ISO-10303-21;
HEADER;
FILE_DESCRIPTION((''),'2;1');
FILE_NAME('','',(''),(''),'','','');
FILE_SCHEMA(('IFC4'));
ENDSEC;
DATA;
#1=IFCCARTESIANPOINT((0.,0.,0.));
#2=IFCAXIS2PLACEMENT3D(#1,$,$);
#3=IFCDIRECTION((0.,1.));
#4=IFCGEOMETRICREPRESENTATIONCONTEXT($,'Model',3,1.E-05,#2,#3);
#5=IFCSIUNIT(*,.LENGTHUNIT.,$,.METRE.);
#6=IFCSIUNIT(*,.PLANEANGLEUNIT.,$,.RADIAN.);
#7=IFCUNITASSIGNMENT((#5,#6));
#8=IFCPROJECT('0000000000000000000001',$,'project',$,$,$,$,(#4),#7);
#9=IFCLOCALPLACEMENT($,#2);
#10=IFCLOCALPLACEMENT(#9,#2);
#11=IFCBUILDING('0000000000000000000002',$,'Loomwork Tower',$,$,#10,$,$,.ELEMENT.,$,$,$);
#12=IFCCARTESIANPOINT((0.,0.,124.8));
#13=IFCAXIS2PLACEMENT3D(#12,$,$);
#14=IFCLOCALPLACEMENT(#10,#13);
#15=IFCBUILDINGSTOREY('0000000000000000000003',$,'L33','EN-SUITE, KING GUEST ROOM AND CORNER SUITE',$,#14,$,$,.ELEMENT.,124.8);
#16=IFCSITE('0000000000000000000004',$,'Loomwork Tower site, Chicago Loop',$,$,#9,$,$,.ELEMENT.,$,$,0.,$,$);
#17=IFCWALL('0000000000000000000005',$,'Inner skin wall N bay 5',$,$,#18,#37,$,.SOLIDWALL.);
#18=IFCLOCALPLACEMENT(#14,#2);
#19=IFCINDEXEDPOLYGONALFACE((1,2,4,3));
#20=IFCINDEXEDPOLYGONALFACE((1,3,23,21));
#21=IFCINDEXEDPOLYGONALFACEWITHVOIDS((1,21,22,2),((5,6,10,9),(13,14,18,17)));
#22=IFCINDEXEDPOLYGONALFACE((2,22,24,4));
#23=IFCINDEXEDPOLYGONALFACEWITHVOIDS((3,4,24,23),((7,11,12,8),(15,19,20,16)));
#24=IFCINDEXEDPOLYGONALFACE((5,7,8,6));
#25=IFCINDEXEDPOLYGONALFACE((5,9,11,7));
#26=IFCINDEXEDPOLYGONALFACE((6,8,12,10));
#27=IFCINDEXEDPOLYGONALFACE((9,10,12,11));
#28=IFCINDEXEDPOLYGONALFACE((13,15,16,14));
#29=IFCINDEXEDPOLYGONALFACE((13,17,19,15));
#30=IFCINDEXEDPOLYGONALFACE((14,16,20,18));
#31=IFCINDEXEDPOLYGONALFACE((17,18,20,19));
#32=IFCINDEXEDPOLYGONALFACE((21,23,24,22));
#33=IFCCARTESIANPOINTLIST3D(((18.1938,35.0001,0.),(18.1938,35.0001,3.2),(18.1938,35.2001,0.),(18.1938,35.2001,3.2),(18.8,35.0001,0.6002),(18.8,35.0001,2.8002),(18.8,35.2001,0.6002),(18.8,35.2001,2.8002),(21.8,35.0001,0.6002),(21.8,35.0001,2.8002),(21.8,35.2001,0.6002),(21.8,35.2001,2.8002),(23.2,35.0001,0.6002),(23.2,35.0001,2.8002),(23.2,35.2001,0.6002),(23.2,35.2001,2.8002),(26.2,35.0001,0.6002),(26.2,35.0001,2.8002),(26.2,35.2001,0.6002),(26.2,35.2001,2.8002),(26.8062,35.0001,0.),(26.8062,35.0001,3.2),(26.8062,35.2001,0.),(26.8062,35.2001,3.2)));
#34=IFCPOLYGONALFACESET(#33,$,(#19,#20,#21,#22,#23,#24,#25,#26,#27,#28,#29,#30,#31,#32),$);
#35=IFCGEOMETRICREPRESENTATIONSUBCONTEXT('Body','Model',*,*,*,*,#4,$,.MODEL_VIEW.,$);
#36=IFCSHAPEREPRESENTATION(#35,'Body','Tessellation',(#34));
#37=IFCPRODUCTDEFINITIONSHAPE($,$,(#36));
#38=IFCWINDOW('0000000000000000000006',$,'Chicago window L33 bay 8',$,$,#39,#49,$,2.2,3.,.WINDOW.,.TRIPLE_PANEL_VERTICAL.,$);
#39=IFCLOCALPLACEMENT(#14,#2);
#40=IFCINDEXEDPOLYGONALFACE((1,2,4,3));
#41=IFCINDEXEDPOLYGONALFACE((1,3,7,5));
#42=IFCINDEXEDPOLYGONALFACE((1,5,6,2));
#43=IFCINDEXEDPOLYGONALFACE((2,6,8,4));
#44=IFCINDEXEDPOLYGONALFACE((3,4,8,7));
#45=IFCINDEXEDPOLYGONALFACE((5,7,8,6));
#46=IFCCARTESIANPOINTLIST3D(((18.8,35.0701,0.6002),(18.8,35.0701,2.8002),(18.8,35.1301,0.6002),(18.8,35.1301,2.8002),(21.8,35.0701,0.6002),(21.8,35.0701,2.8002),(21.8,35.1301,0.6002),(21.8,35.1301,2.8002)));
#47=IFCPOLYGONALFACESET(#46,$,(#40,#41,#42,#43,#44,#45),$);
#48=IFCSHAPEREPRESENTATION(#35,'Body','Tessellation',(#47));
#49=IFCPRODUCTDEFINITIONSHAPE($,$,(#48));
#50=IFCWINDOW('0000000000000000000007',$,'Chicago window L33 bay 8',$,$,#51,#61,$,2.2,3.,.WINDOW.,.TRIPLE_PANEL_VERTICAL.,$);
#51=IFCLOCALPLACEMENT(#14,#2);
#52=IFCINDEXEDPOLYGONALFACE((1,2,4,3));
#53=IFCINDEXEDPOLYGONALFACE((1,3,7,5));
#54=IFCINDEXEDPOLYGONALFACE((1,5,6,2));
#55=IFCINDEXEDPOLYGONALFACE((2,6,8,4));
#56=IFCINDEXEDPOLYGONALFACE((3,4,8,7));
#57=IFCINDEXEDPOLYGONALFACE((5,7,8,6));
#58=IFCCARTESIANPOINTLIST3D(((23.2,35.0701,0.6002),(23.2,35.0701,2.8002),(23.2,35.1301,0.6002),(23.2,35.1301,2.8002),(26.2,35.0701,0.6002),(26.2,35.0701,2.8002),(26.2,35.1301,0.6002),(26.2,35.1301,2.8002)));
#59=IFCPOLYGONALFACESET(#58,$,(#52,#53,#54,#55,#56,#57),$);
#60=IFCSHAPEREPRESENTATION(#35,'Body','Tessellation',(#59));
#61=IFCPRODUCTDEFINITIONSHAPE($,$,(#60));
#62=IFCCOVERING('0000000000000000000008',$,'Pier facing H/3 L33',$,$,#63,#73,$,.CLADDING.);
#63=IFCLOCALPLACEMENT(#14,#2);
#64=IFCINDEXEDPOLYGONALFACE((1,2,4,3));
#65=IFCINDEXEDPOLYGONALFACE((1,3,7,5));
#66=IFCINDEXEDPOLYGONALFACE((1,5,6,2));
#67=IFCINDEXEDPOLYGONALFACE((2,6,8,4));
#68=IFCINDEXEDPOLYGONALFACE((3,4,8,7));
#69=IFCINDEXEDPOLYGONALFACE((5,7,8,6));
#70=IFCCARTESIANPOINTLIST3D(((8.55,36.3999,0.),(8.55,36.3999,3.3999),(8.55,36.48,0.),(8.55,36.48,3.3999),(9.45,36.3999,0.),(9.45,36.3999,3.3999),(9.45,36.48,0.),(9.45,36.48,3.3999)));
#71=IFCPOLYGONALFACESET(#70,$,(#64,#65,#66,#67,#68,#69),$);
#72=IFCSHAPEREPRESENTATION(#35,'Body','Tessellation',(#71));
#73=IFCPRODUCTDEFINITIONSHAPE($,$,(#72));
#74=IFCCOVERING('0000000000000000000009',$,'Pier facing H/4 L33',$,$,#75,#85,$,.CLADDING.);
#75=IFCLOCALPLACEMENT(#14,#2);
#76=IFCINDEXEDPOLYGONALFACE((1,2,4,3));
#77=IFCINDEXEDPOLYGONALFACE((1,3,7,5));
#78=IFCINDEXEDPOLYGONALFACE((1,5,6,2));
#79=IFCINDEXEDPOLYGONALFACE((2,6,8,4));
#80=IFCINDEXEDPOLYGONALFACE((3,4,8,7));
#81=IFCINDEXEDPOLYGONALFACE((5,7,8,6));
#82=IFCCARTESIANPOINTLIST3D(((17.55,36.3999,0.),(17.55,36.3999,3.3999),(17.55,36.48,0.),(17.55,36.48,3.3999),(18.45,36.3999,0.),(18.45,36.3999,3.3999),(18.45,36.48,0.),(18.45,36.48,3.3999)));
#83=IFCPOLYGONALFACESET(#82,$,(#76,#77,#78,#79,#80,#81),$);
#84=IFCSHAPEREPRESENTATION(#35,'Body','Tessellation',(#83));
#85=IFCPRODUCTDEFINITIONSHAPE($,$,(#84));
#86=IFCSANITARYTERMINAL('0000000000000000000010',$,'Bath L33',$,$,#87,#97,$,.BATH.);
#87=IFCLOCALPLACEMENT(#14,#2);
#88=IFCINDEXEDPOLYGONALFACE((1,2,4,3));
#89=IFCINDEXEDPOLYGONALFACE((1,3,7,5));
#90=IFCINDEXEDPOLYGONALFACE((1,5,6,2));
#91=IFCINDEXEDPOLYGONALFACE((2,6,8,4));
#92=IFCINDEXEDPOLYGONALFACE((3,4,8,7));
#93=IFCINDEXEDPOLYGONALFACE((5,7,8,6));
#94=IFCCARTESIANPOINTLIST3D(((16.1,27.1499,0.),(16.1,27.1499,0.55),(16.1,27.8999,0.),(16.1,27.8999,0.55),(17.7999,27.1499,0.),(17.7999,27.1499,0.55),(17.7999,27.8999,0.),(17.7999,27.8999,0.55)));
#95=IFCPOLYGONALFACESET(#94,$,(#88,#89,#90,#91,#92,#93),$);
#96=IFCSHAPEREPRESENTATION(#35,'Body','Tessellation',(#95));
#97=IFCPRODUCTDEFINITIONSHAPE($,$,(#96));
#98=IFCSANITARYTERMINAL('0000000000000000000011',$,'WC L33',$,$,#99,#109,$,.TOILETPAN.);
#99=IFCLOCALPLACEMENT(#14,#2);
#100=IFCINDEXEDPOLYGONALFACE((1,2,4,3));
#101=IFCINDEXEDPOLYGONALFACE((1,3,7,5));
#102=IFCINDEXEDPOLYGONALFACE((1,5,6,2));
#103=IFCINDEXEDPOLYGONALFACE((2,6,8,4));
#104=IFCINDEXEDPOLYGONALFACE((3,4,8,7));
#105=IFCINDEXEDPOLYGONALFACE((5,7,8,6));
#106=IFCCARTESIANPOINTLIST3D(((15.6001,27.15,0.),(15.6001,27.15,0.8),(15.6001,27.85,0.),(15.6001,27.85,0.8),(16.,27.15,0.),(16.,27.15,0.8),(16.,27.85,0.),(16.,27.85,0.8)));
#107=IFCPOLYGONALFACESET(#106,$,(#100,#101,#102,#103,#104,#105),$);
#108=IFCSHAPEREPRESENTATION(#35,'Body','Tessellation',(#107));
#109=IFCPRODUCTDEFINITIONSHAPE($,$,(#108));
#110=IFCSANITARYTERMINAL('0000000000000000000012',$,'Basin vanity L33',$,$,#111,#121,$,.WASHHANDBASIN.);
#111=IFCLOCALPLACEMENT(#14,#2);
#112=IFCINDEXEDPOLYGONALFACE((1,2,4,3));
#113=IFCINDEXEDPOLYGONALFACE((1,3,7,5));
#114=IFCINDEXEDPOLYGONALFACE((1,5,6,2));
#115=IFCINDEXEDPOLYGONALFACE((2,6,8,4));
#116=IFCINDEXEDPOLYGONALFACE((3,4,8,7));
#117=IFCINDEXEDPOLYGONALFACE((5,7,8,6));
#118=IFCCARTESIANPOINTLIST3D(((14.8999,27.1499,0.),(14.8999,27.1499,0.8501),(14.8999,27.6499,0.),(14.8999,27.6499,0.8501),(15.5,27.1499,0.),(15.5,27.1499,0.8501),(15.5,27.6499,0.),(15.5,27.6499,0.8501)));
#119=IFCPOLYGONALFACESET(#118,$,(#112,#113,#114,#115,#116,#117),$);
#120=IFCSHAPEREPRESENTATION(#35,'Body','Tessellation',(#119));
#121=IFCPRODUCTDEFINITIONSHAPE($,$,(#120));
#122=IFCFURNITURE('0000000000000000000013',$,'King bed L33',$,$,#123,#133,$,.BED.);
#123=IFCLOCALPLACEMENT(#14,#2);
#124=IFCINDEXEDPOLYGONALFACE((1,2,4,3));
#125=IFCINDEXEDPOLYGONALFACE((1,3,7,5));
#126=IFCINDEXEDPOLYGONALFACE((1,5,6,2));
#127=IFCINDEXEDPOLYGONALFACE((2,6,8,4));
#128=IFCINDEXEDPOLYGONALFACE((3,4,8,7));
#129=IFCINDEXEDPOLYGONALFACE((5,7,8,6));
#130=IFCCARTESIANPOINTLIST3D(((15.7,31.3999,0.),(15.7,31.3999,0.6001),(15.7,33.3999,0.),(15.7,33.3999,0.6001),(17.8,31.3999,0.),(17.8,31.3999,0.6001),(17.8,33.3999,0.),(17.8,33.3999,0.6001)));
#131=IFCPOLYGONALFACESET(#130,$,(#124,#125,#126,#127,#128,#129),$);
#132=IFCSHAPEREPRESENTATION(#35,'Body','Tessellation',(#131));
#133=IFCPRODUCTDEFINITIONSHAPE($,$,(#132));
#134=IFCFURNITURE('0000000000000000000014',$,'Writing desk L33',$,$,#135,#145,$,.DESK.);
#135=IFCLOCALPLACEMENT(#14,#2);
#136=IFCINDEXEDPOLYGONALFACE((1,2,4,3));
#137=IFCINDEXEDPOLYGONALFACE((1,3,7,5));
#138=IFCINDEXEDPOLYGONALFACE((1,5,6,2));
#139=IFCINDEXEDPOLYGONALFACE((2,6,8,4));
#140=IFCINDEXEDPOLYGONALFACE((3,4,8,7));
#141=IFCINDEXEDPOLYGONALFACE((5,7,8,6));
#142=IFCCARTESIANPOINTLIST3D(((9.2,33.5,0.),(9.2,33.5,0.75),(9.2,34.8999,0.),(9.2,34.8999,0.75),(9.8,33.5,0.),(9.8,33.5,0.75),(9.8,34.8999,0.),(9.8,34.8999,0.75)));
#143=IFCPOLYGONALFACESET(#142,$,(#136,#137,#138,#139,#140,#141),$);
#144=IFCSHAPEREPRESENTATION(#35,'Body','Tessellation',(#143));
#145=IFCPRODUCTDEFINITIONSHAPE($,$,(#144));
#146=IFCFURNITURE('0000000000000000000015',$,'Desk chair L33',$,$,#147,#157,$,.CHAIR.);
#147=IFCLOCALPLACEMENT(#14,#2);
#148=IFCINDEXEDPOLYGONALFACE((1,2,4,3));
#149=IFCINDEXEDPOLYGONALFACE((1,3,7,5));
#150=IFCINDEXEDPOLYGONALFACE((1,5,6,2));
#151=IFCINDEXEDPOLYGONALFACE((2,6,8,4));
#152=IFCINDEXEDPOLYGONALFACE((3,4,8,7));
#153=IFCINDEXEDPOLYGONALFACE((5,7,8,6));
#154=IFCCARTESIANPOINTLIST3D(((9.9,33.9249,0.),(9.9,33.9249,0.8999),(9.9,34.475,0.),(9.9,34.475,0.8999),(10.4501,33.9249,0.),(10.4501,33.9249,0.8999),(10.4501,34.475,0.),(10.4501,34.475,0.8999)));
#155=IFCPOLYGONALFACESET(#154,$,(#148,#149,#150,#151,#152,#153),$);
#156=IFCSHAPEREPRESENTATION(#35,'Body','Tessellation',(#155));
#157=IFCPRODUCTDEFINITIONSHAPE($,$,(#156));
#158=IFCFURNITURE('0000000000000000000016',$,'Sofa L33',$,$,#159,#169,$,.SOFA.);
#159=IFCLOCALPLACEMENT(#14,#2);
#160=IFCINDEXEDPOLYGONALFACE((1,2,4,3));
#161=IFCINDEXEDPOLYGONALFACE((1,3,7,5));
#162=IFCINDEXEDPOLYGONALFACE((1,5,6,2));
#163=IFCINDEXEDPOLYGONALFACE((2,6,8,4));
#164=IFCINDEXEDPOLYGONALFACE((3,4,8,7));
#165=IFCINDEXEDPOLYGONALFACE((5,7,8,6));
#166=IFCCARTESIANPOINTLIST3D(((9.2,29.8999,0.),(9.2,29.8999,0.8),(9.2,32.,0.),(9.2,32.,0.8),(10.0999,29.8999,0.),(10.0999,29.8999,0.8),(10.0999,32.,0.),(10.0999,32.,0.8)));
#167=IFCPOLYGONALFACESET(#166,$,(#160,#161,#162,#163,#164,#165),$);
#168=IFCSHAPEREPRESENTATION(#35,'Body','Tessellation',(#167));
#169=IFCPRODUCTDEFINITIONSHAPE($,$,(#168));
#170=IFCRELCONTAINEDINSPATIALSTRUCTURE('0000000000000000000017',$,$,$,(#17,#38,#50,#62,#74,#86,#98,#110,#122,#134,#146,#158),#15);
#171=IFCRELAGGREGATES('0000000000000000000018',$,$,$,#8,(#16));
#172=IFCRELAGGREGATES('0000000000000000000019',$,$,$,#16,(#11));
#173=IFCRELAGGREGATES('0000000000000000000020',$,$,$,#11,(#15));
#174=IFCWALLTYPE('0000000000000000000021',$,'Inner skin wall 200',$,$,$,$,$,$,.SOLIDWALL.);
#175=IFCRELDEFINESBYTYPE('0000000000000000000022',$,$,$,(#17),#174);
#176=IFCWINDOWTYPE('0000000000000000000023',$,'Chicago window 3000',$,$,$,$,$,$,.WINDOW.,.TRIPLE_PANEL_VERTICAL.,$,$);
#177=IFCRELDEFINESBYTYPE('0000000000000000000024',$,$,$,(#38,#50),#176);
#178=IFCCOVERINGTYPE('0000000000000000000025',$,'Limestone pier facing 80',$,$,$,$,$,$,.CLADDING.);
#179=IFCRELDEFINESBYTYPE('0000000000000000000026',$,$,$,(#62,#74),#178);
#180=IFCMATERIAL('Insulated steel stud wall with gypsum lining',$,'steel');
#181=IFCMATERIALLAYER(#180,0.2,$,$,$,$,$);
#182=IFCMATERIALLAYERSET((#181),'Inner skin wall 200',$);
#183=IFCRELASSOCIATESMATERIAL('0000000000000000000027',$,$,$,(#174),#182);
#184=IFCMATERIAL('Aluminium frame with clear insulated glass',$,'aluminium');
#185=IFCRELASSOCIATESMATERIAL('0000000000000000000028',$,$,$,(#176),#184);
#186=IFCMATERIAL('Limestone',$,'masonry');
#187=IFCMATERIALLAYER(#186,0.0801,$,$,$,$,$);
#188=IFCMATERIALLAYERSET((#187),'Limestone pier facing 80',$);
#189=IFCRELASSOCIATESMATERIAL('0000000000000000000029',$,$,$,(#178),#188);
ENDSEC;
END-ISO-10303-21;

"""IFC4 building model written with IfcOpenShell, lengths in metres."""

from ifc_helpers import new_model, si_unit, direction, frame, frame_2d, origin, origin_2d, place, context, subcontext, project, spatial, rectangle, extrude, material, layer, layer_set, type_object, element, fill, save


model = new_model("IFC4")

# Units and contexts
model_context = context("Model", 3, precision=1e-05, world=origin(), true_north=direction((0.0, 1.0)))
body_context = subcontext(model_context, "Body", "Model", "MODEL_VIEW")
ifc_project = project(units=[si_unit("LENGTHUNIT", "METRE"), si_unit("PLANEANGLEUNIT", "RADIAN")], contexts=[model_context])

# Site, building, storey
site_placement = place(None, origin())
site = spatial("IfcSite", under=ifc_project, at=site_placement, Name="Loomwork Tower site, Chicago Loop", CompositionType="ELEMENT", RefElevation=0.0)
building_placement = place(site_placement, origin())
building = spatial("IfcBuilding", under=site, at=building_placement, Name="Loomwork Tower", CompositionType="ELEMENT")
storey_placement = place(building_placement, frame((0.0, 0.0, 124.8)))
storey = spatial("IfcBuildingStorey", under=building, at=storey_placement, Name="L33", Description="EN-SUITE, KING GUEST ROOM AND CORNER SUITE", CompositionType="ELEMENT", Elevation=124.8)

# Shared definitions
ifc_material_1 = material(Name="Insulated steel stud wall with gypsum lining", Category="steel")
ifc_layer_1 = layer(ifc_material_1, 0.2)
ifc_layer_set_1 = layer_set([ifc_layer_1], Name="Inner skin wall 200")
wall_type_1 = type_object("IfcWallType", Name="Inner skin wall 200", PredefinedType="SOLIDWALL", material=ifc_layer_set_1)

# Shared definitions
ifc_material_2 = material(Name="Aluminium frame with clear insulated glass", Category="aluminium")
window_type = type_object("IfcWindowType", Name="Chicago window 3000", PartitioningType="TRIPLE_PANEL_VERTICAL", PredefinedType="WINDOW", material=ifc_material_2)

# Wall, openings, windows
wall_1_placement = place(storey_placement, frame((18.1938, 35.1001, 0.0), z_axis=(0.0, 0.0, 1.0), x_axis=(1.0, 0.0, 0.0)))
wall_1 = element("IfcWall", 1, at=wall_1_placement, inside=storey, type_object=wall_type_1, Name="Inner skin wall N bay 5", PredefinedType="SOLIDWALL", context=body_context, shape_type="SweptSolid", body=[
    extrude(rectangle(XDim=8.6123, YDim=0.2, at=frame_2d((4.3062, 0.0))), origin(), (0.0, 0.0, 1.0), 3.2),
])
opening_1_placement = place(wall_1_placement, frame((0.6062, 0.0, 0.6001)))
opening_1 = element("IfcOpeningElement", 2, at=opening_1_placement, cuts=wall_1, PredefinedType="OPENING", context=body_context, shape_type="SweptSolid", body=[
    extrude(rectangle(XDim=3.0, YDim=2.2, at=frame_2d((1.5, 1.1001))), frame((0.0, 0.1099, 0.0), z_axis=(0.0, -1.0, 0.0), x_axis=(1.0, 0.0, 0.0)), (0.0, 0.0, 1.0), 0.22),
])
opening_2_placement = place(wall_1_placement, frame((5.0061, 0.0, 0.6001)))
opening_2 = element("IfcOpeningElement", 3, at=opening_2_placement, cuts=wall_1, PredefinedType="OPENING", context=body_context, shape_type="SweptSolid", body=[
    extrude(rectangle(XDim=3.0, YDim=2.2, at=frame_2d((1.5, 1.1001))), frame((0.0, 0.1099, 0.0), z_axis=(0.0, -1.0, 0.0), x_axis=(1.0, 0.0, 0.0)), (0.0, 0.0, 1.0), 0.22),
])
window_1_placement = place(opening_1_placement, origin())
window_1 = element("IfcWindow", 4, at=window_1_placement, inside=storey, type_object=window_type, Name="Chicago window L33 bay 8", OverallHeight=2.2, OverallWidth=3.0, PartitioningType="TRIPLE_PANEL_VERTICAL", PredefinedType="WINDOW", context=body_context, shape_type="SweptSolid", body=[
    extrude(rectangle(XDim=3.0, YDim=2.2, at=frame_2d((1.5, 1.1001))), frame((0.0, 0.03, 0.0), z_axis=(0.0, -1.0, 0.0), x_axis=(1.0, 0.0, 0.0)), (0.0, 0.0, 1.0), 0.0601),
])
fill(opening_1, window_1)
window_2_placement = place(opening_2_placement, origin())
window_2 = element("IfcWindow", 5, at=window_2_placement, inside=storey, type_object=window_type, Name="Chicago window L33 bay 8", OverallHeight=2.2, OverallWidth=3.0, PartitioningType="TRIPLE_PANEL_VERTICAL", PredefinedType="WINDOW", context=body_context, shape_type="SweptSolid", body=[
    extrude(rectangle(XDim=3.0, YDim=2.2, at=frame_2d((1.5, 1.1001))), frame((0.0, 0.03, 0.0), z_axis=(0.0, -1.0, 0.0), x_axis=(1.0, 0.0, 0.0)), (0.0, 0.0, 1.0), 0.0601),
])
fill(opening_2, window_2)

# Coverings
ifc_material_3 = material(Name="Limestone", Category="masonry")
ifc_layer_2 = layer(ifc_material_3, 0.0801)
ifc_layer_set_2 = layer_set([ifc_layer_2], Name="Limestone pier facing 80")
covering_type = type_object("IfcCoveringType", Name="Limestone pier facing 80", PredefinedType="CLADDING", material=ifc_layer_set_2)
for number, where, z_axis, x_axis, name in (
    (6, (9.0, 36.4399, 0.0), (0.0, 0.0, 1.0), (1.0, 0.0, 0.0), "Pier facing H/3 L33"),
    (7, (18.0, 36.4399, 0.0), (0.0, 0.0, 1.0), (1.0, 0.0, 0.0), "Pier facing H/4 L33"),
):
    element("IfcCovering", number, at=place(storey_placement, frame(where, z_axis=z_axis, x_axis=x_axis)), inside=storey, type_object=covering_type, Name=name, PredefinedType="CLADDING", context=body_context, shape_type="SweptSolid", body=[
        extrude(rectangle(XDim=0.8999, YDim=0.0801, at=origin_2d()), origin(), (0.0, 0.0, 1.0), 3.3999),
    ])

# Sanitary terminals
sanitary_terminal_1_placement = place(storey_placement, frame((16.95, 27.5249, 0.0), z_axis=(0.0, 0.0, 1.0), x_axis=(1.0, 0.0, 0.0)))
element("IfcSanitaryTerminal", 8, at=sanitary_terminal_1_placement, inside=storey, Name="Bath L33", PredefinedType="BATH", context=body_context, shape_type="SweptSolid", body=[
    extrude(rectangle(XDim=1.7, YDim=0.75, at=origin_2d()), origin(), (0.0, 0.0, 1.0), 0.55),
])
sanitary_terminal_2_placement = place(storey_placement, frame((15.8, 27.5, 0.0), z_axis=(0.0, 0.0, 1.0), x_axis=(1.0, 0.0, 0.0)))
element("IfcSanitaryTerminal", 9, at=sanitary_terminal_2_placement, inside=storey, Name="WC L33", PredefinedType="TOILETPAN", context=body_context, shape_type="SweptSolid", body=[
    extrude(rectangle(XDim=0.3999, YDim=0.7, at=origin_2d()), origin(), (0.0, 0.0, 1.0), 0.8),
])
sanitary_terminal_3_placement = place(storey_placement, frame((15.2, 27.3999, 0.0), z_axis=(0.0, 0.0, 1.0), x_axis=(1.0, 0.0, 0.0)))
element("IfcSanitaryTerminal", 10, at=sanitary_terminal_3_placement, inside=storey, Name="Basin vanity L33", PredefinedType="WASHHANDBASIN", context=body_context, shape_type="SweptSolid", body=[
    extrude(rectangle(XDim=0.6001, YDim=0.5, at=origin_2d()), origin(), (0.0, 0.0, 1.0), 0.8501),
])

# Furniture
furniture_1_placement = place(storey_placement, frame((16.75, 32.3999, 0.0), z_axis=(0.0, 0.0, 1.0), x_axis=(1.0, 0.0, 0.0)))
element("IfcFurniture", 11, at=furniture_1_placement, inside=storey, Name="King bed L33", PredefinedType="BED", context=body_context, shape_type="SweptSolid", body=[
    extrude(rectangle(XDim=2.1001, YDim=2.0, at=origin_2d()), origin(), (0.0, 0.0, 1.0), 0.6001),
])
furniture_2_placement = place(storey_placement, frame((9.5, 34.2, 0.0), z_axis=(0.0, 0.0, 1.0), x_axis=(1.0, 0.0, 0.0)))
element("IfcFurniture", 12, at=furniture_2_placement, inside=storey, Name="Writing desk L33", PredefinedType="DESK", context=body_context, shape_type="SweptSolid", body=[
    extrude(rectangle(XDim=0.6001, YDim=1.3999, at=origin_2d()), origin(), (0.0, 0.0, 1.0), 0.75),
])
furniture_3_placement = place(storey_placement, frame((10.175, 34.2, 0.0), z_axis=(0.0, 0.0, 1.0), x_axis=(1.0, 0.0, 0.0)))
element("IfcFurniture", 13, at=furniture_3_placement, inside=storey, Name="Desk chair L33", PredefinedType="CHAIR", context=body_context, shape_type="SweptSolid", body=[
    extrude(rectangle(XDim=0.55, YDim=0.55, at=origin_2d()), origin(), (0.0, 0.0, 1.0), 0.8999),
])
furniture_4_placement = place(storey_placement, frame((9.6499, 30.95, 0.0), z_axis=(0.0, 0.0, 1.0), x_axis=(1.0, 0.0, 0.0)))
element("IfcFurniture", 14, at=furniture_4_placement, inside=storey, Name="Sofa L33", PredefinedType="SOFA", context=body_context, shape_type="SweptSolid", body=[
    extrude(rectangle(XDim=0.8999, YDim=2.1001, at=origin_2d()), origin(), (0.0, 0.0, 1.0), 0.8),
])

save(model, "model.ifc")
